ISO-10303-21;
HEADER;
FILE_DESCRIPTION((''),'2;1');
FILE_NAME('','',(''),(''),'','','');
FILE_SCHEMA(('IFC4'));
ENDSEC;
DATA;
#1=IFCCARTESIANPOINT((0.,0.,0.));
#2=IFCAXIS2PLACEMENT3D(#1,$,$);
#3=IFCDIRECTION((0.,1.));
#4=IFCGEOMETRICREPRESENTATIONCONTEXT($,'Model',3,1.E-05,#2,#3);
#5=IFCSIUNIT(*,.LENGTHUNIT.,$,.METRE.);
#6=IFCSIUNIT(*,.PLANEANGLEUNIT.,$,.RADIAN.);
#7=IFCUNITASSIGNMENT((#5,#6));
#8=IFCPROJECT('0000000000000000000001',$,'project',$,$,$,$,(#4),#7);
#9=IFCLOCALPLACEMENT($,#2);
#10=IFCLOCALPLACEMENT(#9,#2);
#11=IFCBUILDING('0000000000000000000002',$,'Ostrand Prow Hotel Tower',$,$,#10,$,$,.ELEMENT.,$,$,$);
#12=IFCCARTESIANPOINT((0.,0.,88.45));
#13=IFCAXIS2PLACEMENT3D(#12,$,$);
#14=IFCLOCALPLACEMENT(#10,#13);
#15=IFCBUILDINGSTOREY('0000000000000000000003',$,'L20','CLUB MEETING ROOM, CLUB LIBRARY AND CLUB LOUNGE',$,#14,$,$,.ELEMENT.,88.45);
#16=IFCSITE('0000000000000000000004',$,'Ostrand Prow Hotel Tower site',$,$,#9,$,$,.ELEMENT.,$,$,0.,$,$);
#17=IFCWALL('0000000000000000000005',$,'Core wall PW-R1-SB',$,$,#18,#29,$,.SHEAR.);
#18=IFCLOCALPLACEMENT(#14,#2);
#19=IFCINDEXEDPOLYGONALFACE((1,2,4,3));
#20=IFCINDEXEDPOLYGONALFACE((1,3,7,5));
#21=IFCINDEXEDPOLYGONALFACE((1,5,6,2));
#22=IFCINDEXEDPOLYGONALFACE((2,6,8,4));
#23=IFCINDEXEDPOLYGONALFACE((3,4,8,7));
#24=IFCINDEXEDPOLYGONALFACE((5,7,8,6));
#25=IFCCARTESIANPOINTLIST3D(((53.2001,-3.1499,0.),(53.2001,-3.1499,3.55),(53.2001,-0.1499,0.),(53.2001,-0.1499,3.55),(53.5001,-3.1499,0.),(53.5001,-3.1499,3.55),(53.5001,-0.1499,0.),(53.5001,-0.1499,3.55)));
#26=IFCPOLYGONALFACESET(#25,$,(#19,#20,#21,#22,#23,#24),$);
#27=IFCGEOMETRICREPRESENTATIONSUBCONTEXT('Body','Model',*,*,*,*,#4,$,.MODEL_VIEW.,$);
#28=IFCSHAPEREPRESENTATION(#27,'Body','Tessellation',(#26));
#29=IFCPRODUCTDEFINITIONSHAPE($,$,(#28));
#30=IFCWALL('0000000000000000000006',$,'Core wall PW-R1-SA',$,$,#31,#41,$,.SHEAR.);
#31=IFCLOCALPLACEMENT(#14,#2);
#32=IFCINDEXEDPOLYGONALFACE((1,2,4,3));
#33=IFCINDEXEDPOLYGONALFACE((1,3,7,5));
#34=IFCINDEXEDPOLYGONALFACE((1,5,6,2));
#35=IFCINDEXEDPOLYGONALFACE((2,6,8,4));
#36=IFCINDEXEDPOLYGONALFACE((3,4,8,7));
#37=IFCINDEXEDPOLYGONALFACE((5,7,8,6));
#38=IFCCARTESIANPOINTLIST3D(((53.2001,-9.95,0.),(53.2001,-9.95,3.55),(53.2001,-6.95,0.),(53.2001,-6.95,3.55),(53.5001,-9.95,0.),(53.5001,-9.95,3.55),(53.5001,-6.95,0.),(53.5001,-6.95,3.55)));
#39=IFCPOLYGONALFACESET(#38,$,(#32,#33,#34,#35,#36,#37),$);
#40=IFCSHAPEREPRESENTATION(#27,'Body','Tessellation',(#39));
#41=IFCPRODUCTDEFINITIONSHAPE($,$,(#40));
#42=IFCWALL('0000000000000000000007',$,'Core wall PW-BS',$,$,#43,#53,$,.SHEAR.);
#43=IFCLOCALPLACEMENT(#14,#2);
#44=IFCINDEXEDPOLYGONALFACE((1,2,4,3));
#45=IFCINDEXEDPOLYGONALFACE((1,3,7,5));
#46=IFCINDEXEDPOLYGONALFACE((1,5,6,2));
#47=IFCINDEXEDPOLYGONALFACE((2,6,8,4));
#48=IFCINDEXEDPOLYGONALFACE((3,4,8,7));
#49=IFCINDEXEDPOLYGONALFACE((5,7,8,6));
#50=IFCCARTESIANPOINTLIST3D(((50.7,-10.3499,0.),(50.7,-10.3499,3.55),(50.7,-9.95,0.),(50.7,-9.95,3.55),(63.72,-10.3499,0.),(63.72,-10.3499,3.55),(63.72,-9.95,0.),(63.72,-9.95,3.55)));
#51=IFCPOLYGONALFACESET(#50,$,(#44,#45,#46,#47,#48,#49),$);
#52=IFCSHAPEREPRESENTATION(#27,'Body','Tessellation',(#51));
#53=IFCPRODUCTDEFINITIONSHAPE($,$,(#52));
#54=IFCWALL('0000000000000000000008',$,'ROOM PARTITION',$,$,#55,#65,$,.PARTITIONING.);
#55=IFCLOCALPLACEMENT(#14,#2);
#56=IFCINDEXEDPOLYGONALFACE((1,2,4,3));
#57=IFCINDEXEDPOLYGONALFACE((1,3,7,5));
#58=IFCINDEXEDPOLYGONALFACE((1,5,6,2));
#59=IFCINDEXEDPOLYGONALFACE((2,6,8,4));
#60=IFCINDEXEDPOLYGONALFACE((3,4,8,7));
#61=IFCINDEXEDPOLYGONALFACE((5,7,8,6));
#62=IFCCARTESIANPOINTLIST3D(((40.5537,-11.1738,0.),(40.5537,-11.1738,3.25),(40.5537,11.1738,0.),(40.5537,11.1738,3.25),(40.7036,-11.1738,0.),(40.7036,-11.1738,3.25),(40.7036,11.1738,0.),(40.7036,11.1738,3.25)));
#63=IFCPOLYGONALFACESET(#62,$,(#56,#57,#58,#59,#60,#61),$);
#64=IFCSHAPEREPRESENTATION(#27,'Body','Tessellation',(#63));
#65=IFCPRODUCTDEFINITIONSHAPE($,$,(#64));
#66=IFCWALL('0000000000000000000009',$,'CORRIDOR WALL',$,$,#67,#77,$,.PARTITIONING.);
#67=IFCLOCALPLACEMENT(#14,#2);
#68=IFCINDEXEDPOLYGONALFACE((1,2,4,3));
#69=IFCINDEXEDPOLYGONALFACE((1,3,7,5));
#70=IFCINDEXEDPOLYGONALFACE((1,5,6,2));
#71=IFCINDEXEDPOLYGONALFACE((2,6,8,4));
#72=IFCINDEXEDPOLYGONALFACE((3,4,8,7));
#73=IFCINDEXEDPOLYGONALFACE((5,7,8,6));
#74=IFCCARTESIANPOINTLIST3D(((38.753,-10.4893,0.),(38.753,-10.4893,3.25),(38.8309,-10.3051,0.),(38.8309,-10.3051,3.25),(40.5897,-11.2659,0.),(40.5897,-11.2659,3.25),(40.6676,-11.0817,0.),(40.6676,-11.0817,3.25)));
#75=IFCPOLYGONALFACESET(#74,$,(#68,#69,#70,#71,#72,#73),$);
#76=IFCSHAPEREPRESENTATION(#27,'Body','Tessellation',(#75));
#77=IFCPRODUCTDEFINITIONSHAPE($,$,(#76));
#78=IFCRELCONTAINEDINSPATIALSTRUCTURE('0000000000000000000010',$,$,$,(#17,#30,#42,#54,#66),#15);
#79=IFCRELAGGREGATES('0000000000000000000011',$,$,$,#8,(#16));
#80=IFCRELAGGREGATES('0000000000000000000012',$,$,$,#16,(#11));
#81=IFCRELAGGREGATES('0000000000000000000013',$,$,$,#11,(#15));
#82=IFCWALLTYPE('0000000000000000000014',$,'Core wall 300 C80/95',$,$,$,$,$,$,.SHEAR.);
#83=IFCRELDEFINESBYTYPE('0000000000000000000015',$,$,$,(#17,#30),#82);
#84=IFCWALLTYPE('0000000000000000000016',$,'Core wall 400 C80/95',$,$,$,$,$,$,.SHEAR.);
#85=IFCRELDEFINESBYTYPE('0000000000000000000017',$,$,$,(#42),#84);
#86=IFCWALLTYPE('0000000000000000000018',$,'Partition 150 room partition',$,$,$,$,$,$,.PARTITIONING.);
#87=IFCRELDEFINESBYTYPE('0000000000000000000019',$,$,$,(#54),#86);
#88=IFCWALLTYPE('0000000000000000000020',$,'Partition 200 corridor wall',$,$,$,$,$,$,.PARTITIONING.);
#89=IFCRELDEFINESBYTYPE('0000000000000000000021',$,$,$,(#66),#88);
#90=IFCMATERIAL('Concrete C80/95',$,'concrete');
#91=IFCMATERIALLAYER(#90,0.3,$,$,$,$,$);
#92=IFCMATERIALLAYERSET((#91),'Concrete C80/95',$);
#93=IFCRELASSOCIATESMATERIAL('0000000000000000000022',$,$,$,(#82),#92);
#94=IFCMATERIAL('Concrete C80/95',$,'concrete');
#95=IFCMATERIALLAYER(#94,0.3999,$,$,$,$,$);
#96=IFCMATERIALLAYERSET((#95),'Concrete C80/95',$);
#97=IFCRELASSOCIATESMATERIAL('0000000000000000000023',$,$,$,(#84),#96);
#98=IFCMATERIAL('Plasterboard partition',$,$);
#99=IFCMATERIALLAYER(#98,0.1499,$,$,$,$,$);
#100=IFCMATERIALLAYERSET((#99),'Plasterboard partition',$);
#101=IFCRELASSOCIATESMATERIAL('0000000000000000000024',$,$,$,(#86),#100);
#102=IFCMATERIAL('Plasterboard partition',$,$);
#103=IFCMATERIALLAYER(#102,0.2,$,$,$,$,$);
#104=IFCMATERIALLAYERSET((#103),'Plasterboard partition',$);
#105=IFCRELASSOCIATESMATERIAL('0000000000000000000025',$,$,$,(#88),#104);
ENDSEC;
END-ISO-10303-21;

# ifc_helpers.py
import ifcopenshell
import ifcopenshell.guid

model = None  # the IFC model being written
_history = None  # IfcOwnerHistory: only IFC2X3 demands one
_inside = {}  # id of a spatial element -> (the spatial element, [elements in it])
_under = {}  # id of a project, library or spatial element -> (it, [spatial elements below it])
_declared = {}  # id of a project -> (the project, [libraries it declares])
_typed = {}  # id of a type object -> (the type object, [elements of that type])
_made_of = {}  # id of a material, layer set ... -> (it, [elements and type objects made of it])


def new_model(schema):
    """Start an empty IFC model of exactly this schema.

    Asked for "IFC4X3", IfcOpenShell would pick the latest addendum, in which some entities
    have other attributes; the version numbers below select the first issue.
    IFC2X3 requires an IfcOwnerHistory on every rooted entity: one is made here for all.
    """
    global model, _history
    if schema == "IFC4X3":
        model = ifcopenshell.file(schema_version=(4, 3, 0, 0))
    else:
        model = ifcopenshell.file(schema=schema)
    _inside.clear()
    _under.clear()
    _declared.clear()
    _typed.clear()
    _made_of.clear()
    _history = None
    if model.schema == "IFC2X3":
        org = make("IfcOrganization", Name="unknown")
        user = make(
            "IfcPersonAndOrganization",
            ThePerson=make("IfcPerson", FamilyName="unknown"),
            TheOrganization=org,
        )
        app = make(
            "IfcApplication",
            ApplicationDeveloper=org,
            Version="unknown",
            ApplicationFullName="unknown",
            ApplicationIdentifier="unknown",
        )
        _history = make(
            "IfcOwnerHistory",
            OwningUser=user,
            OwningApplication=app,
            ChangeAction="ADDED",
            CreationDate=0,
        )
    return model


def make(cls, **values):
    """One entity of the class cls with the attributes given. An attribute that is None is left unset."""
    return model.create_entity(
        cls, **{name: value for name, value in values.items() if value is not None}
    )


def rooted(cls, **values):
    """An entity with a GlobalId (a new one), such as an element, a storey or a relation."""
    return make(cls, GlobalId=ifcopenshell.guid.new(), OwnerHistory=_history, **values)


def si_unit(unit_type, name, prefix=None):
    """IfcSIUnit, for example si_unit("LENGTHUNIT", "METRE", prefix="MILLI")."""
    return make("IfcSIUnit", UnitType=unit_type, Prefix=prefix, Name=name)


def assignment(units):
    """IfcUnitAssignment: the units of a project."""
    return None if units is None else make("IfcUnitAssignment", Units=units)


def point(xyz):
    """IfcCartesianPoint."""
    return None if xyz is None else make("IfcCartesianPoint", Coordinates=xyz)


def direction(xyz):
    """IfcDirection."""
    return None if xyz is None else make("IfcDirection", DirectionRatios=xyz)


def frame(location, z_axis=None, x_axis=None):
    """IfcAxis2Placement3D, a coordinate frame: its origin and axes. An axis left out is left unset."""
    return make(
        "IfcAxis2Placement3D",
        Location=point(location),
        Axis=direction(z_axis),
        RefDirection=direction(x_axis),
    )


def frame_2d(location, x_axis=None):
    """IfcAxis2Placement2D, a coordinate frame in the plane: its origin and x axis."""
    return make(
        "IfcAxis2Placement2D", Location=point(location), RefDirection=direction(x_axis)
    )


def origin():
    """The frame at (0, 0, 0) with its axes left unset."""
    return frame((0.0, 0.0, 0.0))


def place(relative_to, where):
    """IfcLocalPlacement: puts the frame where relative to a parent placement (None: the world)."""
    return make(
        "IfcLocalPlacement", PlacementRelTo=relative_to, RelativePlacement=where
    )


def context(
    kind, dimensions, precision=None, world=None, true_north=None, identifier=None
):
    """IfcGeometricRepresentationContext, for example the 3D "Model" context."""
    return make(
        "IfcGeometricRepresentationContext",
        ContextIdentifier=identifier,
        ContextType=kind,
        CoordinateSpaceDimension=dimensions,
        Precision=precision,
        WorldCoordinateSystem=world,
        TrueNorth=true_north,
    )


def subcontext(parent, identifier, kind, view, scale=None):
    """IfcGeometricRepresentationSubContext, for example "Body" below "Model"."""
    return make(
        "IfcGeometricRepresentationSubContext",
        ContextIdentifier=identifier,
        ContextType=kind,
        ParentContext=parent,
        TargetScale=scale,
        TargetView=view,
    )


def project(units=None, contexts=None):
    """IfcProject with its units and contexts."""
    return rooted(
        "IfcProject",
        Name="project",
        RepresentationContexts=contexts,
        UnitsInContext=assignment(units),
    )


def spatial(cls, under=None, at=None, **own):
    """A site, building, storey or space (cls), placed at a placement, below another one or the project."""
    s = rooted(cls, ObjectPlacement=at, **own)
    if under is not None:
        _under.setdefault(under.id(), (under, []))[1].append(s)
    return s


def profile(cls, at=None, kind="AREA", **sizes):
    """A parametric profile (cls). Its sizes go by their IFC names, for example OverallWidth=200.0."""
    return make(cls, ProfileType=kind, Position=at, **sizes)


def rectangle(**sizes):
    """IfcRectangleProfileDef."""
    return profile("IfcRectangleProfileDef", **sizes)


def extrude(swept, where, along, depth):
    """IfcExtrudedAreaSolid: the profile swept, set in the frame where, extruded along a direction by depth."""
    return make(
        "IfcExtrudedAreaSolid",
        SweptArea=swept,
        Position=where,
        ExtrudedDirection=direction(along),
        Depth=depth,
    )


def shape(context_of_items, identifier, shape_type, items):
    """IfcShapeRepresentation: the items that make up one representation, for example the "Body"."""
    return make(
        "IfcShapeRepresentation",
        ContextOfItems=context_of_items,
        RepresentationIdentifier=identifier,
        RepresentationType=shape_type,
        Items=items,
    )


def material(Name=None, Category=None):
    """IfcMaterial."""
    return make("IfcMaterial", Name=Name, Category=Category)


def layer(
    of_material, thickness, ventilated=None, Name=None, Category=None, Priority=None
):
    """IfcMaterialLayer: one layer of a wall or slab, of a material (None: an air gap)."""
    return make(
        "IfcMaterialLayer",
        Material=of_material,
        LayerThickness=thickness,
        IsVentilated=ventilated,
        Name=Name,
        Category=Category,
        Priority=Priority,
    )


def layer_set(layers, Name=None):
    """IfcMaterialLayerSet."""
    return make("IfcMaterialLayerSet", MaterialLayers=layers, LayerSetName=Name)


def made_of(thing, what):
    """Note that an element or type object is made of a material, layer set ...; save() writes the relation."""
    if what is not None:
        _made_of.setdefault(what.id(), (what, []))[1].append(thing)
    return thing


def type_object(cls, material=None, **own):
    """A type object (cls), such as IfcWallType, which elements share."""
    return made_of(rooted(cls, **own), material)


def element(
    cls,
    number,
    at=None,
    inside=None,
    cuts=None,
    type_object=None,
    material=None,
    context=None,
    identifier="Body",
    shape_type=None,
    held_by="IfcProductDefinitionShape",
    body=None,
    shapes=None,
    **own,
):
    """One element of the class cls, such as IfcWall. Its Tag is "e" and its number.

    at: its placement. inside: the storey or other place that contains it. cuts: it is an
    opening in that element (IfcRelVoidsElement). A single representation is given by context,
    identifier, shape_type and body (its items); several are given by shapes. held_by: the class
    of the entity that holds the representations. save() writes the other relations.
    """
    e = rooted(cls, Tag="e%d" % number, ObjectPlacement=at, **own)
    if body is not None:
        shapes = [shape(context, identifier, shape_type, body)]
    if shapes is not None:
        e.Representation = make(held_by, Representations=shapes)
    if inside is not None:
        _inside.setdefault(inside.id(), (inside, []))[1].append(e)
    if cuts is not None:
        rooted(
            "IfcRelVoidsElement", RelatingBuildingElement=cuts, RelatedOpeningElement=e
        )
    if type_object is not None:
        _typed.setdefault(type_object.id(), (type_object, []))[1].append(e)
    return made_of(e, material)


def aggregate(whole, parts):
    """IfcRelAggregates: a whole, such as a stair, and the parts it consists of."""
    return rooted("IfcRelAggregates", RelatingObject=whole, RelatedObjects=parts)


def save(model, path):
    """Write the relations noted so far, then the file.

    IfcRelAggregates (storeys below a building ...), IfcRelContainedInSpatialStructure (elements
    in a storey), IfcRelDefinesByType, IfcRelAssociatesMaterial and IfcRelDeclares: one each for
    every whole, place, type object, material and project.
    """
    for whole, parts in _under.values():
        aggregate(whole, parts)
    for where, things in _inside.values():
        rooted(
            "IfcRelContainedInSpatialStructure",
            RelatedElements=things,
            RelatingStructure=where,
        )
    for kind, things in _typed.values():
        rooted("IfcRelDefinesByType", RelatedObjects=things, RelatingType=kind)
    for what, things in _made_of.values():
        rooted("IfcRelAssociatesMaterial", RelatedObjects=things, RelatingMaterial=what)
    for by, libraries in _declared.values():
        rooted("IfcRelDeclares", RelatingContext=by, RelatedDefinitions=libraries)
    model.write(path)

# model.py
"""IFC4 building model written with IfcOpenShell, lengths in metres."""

from ifc_helpers import new_model, si_unit, direction, frame, frame_2d, origin, place, context, subcontext, project, spatial, rectangle, extrude, material, layer, layer_set, type_object, element, save


model = new_model("IFC4")

# Units and contexts
model_context = context("Model", 3, precision=1e-05, world=origin(), true_north=direction((0.0, 1.0)))
body_context = subcontext(model_context, "Body", "Model", "MODEL_VIEW")
ifc_project = project(units=[si_unit("LENGTHUNIT", "METRE"), si_unit("PLANEANGLEUNIT", "RADIAN")], contexts=[model_context])

# Site, building, storey
site_placement = place(None, origin())
site = spatial("IfcSite", under=ifc_project, at=site_placement, Name="Ostrand Prow Hotel Tower site", CompositionType="ELEMENT", RefElevation=0.0)
building_placement = place(site_placement, origin())
building = spatial("IfcBuilding", under=site, at=building_placement, Name="Ostrand Prow Hotel Tower", CompositionType="ELEMENT")
storey_placement = place(building_placement, frame((0.0, 0.0, 88.45)))
storey = spatial("IfcBuildingStorey", under=building, at=storey_placement, Name="L20", Description="CLUB MEETING ROOM, CLUB LIBRARY AND CLUB LOUNGE", CompositionType="ELEMENT", Elevation=88.45)

# Shared definitions
ifc_material_1 = material(Name="Concrete C80/95", Category="concrete")
ifc_layer_1 = layer(ifc_material_1, 0.3)
ifc_layer_set_1 = layer_set([ifc_layer_1], Name="Concrete C80/95")
wall_type_1 = type_object("IfcWallType", Name="Core wall 300 C80/95", PredefinedType="SHEAR", material=ifc_layer_set_1)

# Walls
for number, where, z_axis, x_axis, name in (
    (1, (53.3501, -3.1499, 0.0), (0.0, 0.0, 1.0), (0.0, 1.0, 0.0), "Core wall PW-R1-SB"),
    (2, (53.3501, -9.95, 0.0), (0.0, 0.0, 1.0), (0.0, 1.0, 0.0), "Core wall PW-R1-SA"),
):
    element("IfcWall", number, at=place(storey_placement, frame(where, z_axis=z_axis, x_axis=x_axis)), inside=storey, type_object=wall_type_1, Name=name, PredefinedType="SHEAR", context=body_context, shape_type="SweptSolid", body=[
        extrude(rectangle(XDim=3.0, YDim=0.3, at=frame_2d((1.5, 0.0))), origin(), (0.0, 0.0, 1.0), 3.55),
    ])
ifc_material_2 = material(Name="Concrete C80/95", Category="concrete")
ifc_layer_2 = layer(ifc_material_2, 0.3999)
ifc_layer_set_2 = layer_set([ifc_layer_2], Name="Concrete C80/95")
wall_type_2 = type_object("IfcWallType", Name="Core wall 400 C80/95", PredefinedType="SHEAR", material=ifc_layer_set_2)
wall_1_placement = place(storey_placement, frame((50.7, -10.1499, 0.0), z_axis=(0.0, 0.0, 1.0), x_axis=(1.0, 0.0, 0.0)))
element("IfcWall", 3, at=wall_1_placement, inside=storey, type_object=wall_type_2, Name="Core wall PW-BS", PredefinedType="SHEAR", context=body_context, shape_type="SweptSolid", body=[
    extrude(rectangle(XDim=13.02, YDim=0.3999, at=frame_2d((6.51, 0.0))), origin(), (0.0, 0.0, 1.0), 3.55),
])
ifc_material_3 = material(Name="Plasterboard partition")
ifc_layer_3 = layer(ifc_material_3, 0.1499)
ifc_layer_set_3 = layer_set([ifc_layer_3], Name="Plasterboard partition")
wall_type_3 = type_object("IfcWallType", Name="Partition 150 room partition", PredefinedType="PARTITIONING", material=ifc_layer_set_3)
wall_2_placement = place(storey_placement, frame((40.6287, -11.1738, 0.0), z_axis=(0.0, 0.0, 1.0), x_axis=(0.0, 1.0, 0.0)))
element("IfcWall", 4, at=wall_2_placement, inside=storey, type_object=wall_type_3, Name="ROOM PARTITION", PredefinedType="PARTITIONING", context=body_context, shape_type="SweptSolid", body=[
    extrude(rectangle(XDim=22.3477, YDim=0.1499, at=frame_2d((11.1738, 0.0))), origin(), (0.0, 0.0, 1.0), 3.25),
])
ifc_material_4 = material(Name="Plasterboard partition")
ifc_layer_4 = layer(ifc_material_4, 0.2)
ifc_layer_set_4 = layer_set([ifc_layer_4], Name="Plasterboard partition")
wall_type_4 = type_object("IfcWallType", Name="Partition 200 corridor wall", PredefinedType="PARTITIONING", material=ifc_layer_set_4)
wall_3_placement = place(storey_placement, frame((40.6287, -11.1738, 0.0), z_axis=(0.0, 0.0, 1.0), x_axis=(-0.921047, 0.389452, 0.0)))
element("IfcWall", 5, at=wall_3_placement, inside=storey, type_object=wall_type_4, Name="CORRIDOR WALL", PredefinedType="PARTITIONING", context=body_context, shape_type="SweptSolid", body=[
    extrude(rectangle(XDim=1.9941, YDim=0.2, at=frame_2d((0.9971, 0.0))), origin(), (0.0, 0.0, 1.0), 3.25),
])

save(model, "model.ifc")
